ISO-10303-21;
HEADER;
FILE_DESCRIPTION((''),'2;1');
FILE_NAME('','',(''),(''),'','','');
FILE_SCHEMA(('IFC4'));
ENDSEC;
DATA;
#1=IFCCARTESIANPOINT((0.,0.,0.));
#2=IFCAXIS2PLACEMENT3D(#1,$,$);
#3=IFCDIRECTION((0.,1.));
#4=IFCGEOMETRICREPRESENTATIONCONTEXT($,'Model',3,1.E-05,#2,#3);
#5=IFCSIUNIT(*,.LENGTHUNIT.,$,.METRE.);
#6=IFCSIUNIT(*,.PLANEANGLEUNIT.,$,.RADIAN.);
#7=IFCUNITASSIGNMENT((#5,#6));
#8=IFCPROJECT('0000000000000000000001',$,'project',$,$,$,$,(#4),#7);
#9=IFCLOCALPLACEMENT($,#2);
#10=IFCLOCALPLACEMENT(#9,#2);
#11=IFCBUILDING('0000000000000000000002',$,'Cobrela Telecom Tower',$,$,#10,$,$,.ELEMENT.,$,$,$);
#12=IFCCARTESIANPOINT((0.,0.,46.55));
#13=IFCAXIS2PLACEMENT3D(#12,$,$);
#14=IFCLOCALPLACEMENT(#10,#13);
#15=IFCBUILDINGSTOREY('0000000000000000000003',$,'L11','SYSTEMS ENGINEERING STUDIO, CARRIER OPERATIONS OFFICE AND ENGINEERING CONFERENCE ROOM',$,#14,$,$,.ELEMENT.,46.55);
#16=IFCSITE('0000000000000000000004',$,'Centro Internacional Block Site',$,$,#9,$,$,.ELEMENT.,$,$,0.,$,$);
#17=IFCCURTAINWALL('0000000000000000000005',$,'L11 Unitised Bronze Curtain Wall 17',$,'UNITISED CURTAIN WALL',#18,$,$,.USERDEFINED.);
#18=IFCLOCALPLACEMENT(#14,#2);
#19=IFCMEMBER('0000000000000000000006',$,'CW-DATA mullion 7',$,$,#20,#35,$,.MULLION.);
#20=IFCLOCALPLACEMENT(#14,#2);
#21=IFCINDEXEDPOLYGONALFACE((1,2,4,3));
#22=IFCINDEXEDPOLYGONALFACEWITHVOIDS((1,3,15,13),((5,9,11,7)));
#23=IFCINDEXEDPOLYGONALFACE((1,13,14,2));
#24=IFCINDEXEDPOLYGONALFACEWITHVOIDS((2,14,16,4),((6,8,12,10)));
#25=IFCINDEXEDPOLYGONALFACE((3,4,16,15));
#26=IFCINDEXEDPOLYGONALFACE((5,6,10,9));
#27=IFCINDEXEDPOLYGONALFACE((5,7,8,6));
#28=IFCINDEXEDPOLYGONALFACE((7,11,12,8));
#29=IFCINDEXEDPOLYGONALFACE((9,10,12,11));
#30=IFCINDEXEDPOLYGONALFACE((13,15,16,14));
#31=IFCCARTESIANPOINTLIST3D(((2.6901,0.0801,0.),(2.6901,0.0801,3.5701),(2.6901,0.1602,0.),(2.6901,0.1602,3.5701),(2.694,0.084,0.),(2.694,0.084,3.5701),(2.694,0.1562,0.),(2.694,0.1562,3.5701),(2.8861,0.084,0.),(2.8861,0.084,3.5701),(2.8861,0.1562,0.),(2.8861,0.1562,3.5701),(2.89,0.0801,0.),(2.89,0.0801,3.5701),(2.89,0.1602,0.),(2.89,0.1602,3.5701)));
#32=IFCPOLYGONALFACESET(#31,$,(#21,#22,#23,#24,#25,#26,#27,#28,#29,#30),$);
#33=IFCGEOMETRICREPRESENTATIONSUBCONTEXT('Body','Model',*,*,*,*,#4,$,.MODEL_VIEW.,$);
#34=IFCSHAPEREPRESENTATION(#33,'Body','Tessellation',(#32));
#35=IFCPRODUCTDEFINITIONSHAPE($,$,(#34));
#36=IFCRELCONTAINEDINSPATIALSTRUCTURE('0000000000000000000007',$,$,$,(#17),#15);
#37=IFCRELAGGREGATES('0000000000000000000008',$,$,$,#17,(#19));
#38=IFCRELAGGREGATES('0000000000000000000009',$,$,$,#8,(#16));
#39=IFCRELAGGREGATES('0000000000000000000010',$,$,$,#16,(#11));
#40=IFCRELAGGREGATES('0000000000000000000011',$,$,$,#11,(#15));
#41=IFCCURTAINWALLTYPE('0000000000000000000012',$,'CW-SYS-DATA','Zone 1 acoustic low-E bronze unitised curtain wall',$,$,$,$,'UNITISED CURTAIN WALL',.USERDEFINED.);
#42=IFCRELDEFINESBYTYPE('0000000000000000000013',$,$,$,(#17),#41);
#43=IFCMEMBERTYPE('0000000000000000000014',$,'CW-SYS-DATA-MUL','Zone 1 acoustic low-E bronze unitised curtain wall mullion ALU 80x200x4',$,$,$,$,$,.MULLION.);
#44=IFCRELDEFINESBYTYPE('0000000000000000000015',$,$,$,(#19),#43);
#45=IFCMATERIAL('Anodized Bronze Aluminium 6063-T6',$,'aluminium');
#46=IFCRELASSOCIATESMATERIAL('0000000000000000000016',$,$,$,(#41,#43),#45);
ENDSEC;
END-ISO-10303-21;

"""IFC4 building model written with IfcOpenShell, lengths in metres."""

from ifc_helpers import new_model, si_unit, direction, frame, origin, origin_2d, place, context, subcontext, project, spatial, hollow_rectangle, extrude, material, material_profile, profile_set, type_object, element, aggregate, save


model = new_model("IFC4")

# Units and contexts
model_context = context("Model", 3, precision=1e-05, world=origin(), true_north=direction((0.0, 1.0)))
body_context = subcontext(model_context, "Body", "Model", "MODEL_VIEW")
ifc_project = project(units=[si_unit("LENGTHUNIT", "METRE"), si_unit("PLANEANGLEUNIT", "RADIAN")], contexts=[model_context])

# Site, building, storey
site_placement = place(None, origin())
site = spatial("IfcSite", under=ifc_project, at=site_placement, Name="Centro Internacional Block Site", CompositionType="ELEMENT", RefElevation=0.0)
building_placement = place(site_placement, origin())
building = spatial("IfcBuilding", under=site, at=building_placement, Name="Cobrela Telecom Tower", CompositionType="ELEMENT")
storey_placement = place(building_placement, frame((0.0, 0.0, 46.55)))
storey = spatial("IfcBuildingStorey", under=building, at=storey_placement, Name="L11", Description="SYSTEMS ENGINEERING STUDIO, CARRIER OPERATIONS OFFICE AND ENGINEERING CONFERENCE ROOM", CompositionType="ELEMENT", Elevation=46.55)

# Curtain wall, member
ifc_material_1 = material(Name="Anodized Bronze Aluminium 6063-T6", Category="aluminium")
curtain_wall_type = type_object("IfcCurtainWallType", Name="CW-SYS-DATA", Description="Zone 1 acoustic low-E bronze unitised curtain wall", ElementType="UNITISED CURTAIN WALL", PredefinedType="USERDEFINED", material=ifc_material_1)
curtain_wall_placement = place(storey_placement, origin())
curtain_wall = element("IfcCurtainWall", 1, at=curtain_wall_placement, inside=storey, type_object=curtain_wall_type, Name="L11 Unitised Bronze Curtain Wall 17", ObjectType="UNITISED CURTAIN WALL", PredefinedType="USERDEFINED")
ifc_material_profile = material_profile(ifc_material_1, hollow_rectangle(XDim=0.0801, YDim=0.2, WallThickness=0.0039, at=origin_2d()), Name="ALU 80x200x4")
ifc_profile_set = profile_set([ifc_material_profile], Name="Anodized Bronze Aluminium 6063-T6")
member_type = type_object("IfcMemberType", Name="CW-SYS-DATA-MUL", Description="Zone 1 acoustic low-E bronze unitised curtain wall mullion ALU 80x200x4", PredefinedType="MULLION", material=ifc_profile_set)
member_placement = place(storey_placement, frame((2.79, 0.1201, 0.0), z_axis=(0.0, 0.0, 1.0), x_axis=(0.0, -1.0, 0.0)))
member = element("IfcMember", 2, at=member_placement, type_object=member_type, Name="CW-DATA mullion 7", PredefinedType="MULLION", context=body_context, shape_type="SweptSolid", body=[
    extrude(hollow_rectangle(XDim=0.0801, YDim=0.2, WallThickness=0.0039, at=origin_2d()), origin(), (0.0, 0.0, 1.0), 3.5701),
])
aggregate(curtain_wall, [member])

save(model, "model.ifc")
